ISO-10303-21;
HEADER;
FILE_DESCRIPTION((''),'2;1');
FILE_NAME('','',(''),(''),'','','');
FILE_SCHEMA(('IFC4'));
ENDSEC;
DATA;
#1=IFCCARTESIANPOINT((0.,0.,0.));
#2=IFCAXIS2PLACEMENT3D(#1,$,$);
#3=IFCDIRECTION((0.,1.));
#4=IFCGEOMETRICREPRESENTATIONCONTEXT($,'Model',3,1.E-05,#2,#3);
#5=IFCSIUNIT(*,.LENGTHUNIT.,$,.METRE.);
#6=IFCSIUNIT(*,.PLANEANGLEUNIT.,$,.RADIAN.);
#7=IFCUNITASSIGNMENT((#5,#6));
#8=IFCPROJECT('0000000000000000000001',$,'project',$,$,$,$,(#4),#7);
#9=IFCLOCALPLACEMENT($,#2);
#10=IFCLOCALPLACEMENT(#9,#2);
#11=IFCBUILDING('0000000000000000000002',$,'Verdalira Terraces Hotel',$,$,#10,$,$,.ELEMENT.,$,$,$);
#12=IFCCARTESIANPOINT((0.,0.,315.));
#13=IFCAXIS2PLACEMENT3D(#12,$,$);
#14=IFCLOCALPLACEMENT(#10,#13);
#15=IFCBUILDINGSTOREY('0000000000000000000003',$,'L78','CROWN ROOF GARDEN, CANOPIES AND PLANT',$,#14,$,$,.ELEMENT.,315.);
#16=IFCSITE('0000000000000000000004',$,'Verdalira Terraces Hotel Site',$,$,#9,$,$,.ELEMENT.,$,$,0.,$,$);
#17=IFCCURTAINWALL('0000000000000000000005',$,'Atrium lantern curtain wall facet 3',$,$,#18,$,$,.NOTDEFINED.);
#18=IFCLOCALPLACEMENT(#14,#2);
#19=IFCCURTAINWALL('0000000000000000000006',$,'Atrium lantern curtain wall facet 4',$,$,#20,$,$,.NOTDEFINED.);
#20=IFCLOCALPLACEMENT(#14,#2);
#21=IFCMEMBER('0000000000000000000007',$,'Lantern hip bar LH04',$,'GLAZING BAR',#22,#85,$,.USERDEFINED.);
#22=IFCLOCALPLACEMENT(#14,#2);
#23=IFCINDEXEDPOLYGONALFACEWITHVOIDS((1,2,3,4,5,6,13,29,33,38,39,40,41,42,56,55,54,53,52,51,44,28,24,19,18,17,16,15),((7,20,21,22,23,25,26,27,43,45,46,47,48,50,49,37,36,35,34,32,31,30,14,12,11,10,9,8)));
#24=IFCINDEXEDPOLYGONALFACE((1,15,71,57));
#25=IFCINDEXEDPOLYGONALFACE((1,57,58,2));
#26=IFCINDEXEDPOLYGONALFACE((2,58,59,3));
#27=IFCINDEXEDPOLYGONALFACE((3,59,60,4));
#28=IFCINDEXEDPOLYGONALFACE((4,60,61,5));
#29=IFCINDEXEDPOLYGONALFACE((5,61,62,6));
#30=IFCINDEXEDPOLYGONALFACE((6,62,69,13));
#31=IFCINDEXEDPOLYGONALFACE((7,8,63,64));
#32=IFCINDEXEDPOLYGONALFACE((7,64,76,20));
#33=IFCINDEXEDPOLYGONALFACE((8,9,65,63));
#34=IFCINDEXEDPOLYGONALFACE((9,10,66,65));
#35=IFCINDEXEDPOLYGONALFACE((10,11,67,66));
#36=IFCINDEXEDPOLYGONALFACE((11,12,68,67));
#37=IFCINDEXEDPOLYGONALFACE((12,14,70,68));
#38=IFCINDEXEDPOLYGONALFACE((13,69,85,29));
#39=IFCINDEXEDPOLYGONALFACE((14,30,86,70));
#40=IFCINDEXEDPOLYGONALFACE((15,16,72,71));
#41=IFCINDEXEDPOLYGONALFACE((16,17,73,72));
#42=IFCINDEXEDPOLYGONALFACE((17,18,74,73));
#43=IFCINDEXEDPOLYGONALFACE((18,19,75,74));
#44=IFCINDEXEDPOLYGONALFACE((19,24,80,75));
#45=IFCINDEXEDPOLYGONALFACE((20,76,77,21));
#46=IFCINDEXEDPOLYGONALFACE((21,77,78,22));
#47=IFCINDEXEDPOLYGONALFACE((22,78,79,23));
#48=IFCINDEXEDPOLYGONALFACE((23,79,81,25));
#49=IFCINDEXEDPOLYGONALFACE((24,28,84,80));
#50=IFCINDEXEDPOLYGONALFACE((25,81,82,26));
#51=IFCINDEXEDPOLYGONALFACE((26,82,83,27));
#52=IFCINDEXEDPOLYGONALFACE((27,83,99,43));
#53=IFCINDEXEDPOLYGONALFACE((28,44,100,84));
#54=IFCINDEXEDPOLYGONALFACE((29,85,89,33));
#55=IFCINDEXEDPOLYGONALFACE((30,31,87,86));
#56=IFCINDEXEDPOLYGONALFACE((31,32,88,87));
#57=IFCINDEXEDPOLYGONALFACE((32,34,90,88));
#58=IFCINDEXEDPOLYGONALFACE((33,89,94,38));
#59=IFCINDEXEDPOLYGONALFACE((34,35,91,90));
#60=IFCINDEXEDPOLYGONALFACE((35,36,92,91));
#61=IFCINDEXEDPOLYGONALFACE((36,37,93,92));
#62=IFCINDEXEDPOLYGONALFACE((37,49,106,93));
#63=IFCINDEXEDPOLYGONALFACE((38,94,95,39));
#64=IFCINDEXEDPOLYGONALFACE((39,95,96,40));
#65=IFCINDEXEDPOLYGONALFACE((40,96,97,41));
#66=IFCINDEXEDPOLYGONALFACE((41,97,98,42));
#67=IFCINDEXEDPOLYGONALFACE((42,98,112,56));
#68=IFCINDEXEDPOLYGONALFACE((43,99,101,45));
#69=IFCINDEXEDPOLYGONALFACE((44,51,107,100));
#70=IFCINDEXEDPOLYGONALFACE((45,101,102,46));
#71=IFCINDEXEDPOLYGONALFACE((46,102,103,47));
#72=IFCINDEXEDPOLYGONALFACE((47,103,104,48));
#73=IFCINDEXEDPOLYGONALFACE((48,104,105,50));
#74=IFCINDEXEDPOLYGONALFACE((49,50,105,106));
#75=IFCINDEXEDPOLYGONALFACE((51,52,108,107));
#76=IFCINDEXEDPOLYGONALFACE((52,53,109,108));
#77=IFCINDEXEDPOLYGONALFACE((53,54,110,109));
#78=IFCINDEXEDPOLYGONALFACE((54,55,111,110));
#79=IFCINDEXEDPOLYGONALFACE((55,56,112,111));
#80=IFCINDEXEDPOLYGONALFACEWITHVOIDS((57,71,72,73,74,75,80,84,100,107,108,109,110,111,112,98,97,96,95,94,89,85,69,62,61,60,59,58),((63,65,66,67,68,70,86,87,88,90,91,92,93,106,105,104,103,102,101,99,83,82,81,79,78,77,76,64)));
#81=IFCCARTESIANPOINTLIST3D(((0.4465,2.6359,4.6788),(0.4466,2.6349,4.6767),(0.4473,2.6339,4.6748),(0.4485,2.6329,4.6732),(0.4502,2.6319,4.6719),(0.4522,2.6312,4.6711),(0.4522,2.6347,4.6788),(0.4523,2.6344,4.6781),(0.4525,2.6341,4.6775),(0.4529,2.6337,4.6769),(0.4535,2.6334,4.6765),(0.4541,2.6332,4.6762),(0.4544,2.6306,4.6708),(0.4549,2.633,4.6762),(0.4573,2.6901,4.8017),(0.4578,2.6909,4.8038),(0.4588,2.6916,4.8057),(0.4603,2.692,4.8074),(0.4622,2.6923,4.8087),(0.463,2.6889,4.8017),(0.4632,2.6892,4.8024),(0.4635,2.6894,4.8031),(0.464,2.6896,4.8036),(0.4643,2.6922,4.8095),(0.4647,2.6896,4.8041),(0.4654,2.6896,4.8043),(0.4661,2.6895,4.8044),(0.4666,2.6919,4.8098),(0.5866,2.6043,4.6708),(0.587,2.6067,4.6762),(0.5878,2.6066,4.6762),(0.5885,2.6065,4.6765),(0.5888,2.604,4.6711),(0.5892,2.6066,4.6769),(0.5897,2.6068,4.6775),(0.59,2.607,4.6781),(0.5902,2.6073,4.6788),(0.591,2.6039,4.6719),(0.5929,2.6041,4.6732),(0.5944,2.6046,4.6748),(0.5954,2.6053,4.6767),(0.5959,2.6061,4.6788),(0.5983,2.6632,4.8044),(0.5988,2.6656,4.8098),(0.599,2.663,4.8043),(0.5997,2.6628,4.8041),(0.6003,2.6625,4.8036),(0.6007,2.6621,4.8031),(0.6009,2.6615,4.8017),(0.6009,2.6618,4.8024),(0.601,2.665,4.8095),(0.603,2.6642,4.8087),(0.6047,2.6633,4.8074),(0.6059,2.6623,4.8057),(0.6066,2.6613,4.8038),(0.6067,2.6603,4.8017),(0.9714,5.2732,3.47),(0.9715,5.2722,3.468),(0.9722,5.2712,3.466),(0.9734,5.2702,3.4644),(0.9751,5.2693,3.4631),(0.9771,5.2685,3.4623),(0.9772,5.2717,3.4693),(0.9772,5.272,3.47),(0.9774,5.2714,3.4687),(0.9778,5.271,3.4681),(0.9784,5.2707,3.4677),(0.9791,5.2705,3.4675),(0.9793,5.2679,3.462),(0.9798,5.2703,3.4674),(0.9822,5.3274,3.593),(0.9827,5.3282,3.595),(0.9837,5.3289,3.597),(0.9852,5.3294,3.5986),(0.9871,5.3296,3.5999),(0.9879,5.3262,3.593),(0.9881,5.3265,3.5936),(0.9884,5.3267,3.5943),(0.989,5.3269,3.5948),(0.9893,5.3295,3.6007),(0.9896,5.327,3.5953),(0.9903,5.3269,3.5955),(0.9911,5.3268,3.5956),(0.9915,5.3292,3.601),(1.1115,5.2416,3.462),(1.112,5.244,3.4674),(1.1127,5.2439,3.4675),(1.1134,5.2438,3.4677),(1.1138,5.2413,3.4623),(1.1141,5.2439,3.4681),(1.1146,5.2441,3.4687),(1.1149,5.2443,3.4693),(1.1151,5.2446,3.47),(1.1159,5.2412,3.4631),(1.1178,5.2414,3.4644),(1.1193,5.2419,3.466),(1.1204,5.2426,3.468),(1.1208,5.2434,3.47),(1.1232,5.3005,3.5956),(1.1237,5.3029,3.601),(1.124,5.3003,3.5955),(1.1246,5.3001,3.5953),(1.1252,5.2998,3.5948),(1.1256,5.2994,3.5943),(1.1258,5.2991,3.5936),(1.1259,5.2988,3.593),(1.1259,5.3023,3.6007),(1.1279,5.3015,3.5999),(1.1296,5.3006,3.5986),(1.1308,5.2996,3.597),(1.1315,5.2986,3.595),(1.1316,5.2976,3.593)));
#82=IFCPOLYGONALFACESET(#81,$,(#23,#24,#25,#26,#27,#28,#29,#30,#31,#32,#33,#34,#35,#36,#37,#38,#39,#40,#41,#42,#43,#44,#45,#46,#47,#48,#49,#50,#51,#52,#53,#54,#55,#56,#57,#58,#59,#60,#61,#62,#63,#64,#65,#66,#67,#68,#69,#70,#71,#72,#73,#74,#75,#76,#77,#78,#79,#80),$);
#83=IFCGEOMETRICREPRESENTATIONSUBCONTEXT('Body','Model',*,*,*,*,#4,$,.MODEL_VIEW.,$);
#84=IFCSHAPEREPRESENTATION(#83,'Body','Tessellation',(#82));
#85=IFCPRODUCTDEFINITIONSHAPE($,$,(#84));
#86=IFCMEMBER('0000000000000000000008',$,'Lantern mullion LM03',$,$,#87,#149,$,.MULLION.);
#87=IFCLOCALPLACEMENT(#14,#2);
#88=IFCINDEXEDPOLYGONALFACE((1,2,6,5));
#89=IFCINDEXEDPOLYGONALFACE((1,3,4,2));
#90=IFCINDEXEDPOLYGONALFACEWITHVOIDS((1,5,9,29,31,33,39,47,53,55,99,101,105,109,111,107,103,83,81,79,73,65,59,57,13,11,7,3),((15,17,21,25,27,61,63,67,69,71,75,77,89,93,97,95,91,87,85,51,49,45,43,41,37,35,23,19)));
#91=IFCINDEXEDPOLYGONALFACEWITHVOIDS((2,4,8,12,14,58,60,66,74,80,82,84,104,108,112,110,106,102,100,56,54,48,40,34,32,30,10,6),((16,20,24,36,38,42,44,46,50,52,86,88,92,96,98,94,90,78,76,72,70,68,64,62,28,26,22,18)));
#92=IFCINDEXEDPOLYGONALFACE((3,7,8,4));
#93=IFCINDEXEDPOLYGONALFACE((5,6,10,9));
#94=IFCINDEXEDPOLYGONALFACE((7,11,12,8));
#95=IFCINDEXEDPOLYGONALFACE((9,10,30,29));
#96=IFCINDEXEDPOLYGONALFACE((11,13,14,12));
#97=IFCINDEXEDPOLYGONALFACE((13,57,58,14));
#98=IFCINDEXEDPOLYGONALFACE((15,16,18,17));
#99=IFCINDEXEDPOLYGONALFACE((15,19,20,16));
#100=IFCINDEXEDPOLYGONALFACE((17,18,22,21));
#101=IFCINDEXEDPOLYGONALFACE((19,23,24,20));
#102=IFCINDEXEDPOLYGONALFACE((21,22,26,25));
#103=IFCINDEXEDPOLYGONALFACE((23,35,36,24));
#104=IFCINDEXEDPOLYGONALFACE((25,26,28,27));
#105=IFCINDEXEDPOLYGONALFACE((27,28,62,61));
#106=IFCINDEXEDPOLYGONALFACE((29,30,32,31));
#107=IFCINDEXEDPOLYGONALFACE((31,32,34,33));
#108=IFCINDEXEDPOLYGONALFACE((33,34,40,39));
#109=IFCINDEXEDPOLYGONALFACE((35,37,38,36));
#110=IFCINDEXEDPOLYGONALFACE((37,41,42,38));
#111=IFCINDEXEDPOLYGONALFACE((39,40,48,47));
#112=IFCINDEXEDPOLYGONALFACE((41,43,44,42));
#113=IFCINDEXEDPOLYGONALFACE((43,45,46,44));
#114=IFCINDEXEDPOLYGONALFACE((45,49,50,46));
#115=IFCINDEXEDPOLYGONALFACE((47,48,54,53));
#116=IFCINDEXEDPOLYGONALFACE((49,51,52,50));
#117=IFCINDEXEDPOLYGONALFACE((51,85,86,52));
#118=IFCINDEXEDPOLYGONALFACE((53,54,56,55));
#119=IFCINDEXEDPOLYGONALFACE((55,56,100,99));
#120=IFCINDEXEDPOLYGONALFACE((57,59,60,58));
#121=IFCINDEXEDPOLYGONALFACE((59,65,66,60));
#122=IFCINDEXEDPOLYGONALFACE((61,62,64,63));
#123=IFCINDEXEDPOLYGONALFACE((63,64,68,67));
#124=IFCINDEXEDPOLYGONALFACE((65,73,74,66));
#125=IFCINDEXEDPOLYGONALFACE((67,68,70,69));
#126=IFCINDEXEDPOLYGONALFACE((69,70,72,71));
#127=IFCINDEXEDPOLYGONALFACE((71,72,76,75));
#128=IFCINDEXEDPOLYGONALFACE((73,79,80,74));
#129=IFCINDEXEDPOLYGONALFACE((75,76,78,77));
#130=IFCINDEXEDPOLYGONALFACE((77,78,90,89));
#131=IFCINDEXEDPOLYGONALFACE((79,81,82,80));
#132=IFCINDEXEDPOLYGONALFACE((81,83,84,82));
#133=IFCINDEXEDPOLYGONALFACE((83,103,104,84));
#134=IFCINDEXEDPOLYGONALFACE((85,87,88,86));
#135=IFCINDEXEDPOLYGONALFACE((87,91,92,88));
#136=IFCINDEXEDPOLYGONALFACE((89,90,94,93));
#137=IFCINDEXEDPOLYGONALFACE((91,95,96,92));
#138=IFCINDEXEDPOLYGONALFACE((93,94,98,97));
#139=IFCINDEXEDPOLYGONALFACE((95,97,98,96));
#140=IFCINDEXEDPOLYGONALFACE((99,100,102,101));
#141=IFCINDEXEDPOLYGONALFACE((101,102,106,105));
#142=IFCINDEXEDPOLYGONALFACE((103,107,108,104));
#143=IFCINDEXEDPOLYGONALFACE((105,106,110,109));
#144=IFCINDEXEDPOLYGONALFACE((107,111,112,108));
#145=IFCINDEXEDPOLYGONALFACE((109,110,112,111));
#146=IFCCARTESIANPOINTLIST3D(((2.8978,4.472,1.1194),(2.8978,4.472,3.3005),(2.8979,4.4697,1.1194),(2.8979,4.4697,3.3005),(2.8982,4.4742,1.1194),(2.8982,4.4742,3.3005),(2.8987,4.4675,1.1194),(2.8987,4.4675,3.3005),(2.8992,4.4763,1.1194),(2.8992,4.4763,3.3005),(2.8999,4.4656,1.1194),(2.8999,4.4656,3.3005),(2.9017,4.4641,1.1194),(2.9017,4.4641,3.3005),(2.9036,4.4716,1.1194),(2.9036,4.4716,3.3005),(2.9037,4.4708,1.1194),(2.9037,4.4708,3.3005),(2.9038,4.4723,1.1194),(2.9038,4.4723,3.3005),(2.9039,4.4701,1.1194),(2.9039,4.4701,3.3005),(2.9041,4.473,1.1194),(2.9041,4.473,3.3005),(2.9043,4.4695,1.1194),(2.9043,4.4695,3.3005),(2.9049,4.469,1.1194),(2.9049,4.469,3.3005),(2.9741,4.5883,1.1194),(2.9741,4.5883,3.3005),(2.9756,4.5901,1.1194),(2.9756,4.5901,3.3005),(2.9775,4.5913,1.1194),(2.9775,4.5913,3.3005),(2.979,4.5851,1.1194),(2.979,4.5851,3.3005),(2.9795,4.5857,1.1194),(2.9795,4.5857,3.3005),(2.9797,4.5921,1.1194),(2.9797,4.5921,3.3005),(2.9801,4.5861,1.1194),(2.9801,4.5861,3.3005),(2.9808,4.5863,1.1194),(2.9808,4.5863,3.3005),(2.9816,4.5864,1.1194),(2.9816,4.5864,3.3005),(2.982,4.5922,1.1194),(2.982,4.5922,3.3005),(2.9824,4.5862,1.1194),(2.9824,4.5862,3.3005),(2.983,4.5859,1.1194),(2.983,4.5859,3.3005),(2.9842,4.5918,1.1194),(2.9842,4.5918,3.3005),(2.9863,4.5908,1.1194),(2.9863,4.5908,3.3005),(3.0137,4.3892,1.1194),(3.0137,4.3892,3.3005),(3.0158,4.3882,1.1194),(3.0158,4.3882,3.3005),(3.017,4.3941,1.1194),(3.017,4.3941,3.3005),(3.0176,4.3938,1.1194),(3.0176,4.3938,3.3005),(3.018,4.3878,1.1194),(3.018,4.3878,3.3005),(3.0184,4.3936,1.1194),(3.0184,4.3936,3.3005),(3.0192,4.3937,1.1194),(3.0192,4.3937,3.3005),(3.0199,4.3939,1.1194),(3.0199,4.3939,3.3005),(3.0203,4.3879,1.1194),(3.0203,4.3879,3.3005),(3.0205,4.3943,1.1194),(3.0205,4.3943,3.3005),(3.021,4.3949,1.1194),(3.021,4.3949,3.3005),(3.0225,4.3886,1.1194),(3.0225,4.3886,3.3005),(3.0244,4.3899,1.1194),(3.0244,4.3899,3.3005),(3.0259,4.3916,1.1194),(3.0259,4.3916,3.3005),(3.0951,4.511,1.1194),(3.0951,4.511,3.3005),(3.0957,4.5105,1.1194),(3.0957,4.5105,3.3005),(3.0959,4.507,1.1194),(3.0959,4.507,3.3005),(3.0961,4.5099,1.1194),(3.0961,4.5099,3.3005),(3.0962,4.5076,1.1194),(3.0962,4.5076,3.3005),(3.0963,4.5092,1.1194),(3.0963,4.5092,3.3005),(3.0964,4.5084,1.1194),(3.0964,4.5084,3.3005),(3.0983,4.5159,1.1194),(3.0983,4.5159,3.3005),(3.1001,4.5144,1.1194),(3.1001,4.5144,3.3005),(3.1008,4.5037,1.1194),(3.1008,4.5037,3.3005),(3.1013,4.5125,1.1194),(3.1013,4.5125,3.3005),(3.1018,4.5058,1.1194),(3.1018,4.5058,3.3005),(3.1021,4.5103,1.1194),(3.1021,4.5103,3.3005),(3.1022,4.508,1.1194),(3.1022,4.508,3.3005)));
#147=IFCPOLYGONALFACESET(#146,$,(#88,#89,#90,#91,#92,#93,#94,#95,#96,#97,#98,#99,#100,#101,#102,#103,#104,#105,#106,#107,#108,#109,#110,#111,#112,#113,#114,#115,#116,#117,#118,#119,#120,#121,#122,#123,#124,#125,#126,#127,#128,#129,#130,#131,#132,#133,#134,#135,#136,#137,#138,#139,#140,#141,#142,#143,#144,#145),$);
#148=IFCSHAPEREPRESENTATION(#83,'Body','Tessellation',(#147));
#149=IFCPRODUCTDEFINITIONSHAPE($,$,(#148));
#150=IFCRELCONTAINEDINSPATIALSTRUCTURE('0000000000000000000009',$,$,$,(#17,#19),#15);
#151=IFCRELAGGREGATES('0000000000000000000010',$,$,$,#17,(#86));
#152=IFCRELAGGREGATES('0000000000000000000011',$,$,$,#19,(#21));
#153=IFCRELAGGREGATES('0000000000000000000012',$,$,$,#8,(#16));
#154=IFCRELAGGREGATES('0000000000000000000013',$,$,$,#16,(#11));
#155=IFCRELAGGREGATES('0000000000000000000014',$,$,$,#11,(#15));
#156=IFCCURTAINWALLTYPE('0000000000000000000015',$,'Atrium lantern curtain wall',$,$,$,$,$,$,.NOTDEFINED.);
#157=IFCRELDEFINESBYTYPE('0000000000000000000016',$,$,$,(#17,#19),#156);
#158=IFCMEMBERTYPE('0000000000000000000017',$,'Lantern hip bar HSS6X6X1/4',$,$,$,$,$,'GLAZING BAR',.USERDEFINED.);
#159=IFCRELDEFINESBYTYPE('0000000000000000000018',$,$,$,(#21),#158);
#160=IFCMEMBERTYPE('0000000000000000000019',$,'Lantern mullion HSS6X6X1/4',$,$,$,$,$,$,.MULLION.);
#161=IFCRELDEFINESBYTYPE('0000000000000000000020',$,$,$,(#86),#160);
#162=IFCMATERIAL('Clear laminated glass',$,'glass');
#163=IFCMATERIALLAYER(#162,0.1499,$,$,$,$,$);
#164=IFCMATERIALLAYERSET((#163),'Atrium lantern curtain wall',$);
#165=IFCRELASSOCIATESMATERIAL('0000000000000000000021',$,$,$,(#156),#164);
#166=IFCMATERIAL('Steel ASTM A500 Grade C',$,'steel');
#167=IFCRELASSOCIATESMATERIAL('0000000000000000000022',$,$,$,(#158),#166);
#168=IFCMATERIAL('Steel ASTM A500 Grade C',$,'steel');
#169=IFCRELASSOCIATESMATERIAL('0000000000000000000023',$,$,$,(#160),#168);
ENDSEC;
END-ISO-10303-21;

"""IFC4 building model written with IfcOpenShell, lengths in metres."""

from ifc_helpers import new_model, si_unit, direction, frame, origin, origin_2d, place, context, subcontext, project, spatial, hollow_rectangle, extrude, material, layer, layer_set, material_profile, profile_set, type_object, element, aggregate, save


model = new_model("IFC4")

# Units and contexts
model_context = context("Model", 3, precision=1e-05, world=origin(), true_north=direction((0.0, 1.0)))
body_context = subcontext(model_context, "Body", "Model", "MODEL_VIEW")
ifc_project = project(units=[si_unit("LENGTHUNIT", "METRE"), si_unit("PLANEANGLEUNIT", "RADIAN")], contexts=[model_context])

# Site, building, storey
site_placement = place(None, origin())
site = spatial("IfcSite", under=ifc_project, at=site_placement, Name="Verdalira Terraces Hotel Site", CompositionType="ELEMENT", RefElevation=0.0)
building_placement = place(site_placement, origin())
building = spatial("IfcBuilding", under=site, at=building_placement, Name="Verdalira Terraces Hotel", CompositionType="ELEMENT")
storey_placement = place(building_placement, frame((0.0, 0.0, 315.0)))
storey = spatial("IfcBuildingStorey", under=building, at=storey_placement, Name="L78", Description="CROWN ROOF GARDEN, CANOPIES AND PLANT", CompositionType="ELEMENT", Elevation=315.0)

# Curtain walls
ifc_material_1 = material(Name="Clear laminated glass", Category="glass")
ifc_layer_1 = layer(ifc_material_1, 0.1499)
ifc_layer_set_1 = layer_set([ifc_layer_1], Name="Atrium lantern curtain wall")
curtain_wall_type = type_object("IfcCurtainWallType", Name="Atrium lantern curtain wall", PredefinedType="NOTDEFINED", material=ifc_layer_set_1)
curtain_wall_1_placement = place(storey_placement, origin())
curtain_wall_1 = element("IfcCurtainWall", 1, at=curtain_wall_1_placement, inside=storey, type_object=curtain_wall_type, Name="Atrium lantern curtain wall facet 3", PredefinedType="NOTDEFINED")
curtain_wall_2_placement = place(storey_placement, origin())
curtain_wall_2 = element("IfcCurtainWall", 2, at=curtain_wall_2_placement, inside=storey, type_object=curtain_wall_type, Name="Atrium lantern curtain wall facet 4", PredefinedType="NOTDEFINED")

# Members
ifc_material_2 = material(Name="Steel ASTM A500 Grade C", Category="steel")
ifc_material_profile_1 = material_profile(ifc_material_2, hollow_rectangle(XDim=0.1523, YDim=0.1523, WallThickness=0.0059, InnerFilletRadius=0.0029, OuterFilletRadius=0.0088, at=origin_2d()), Name="HSS6X6X1/4")
ifc_profile_set_1 = profile_set([ifc_material_profile_1], Name="Steel ASTM A500 Grade C")
member_type_1 = type_object("IfcMemberType", Name="Lantern hip bar HSS6X6X1/4", ElementType="GLAZING BAR", PredefinedType="USERDEFINED", material=ifc_profile_set_1)
member_1_placement = place(storey_placement, frame((1.0515, 5.2854, 3.5315), z_axis=(-0.178046, -0.894537, 0.410003), x_axis=(0.980762, -0.195208, 0.0)))
member_1 = element("IfcMember", 3, at=member_1_placement, type_object=member_type_1, Name="Lantern hip bar LH04", ObjectType="GLAZING BAR", PredefinedType="USERDEFINED", context=body_context, shape_type="SweptSolid", body=[
    extrude(hollow_rectangle(XDim=0.1523, YDim=0.1523, WallThickness=0.0059, InnerFilletRadius=0.0029, OuterFilletRadius=0.0088, at=origin_2d()), origin(), (0.0, 0.0, 1.0), 2.9482),
])
ifc_material_3 = material(Name="Steel ASTM A500 Grade C", Category="steel")
ifc_material_profile_2 = material_profile(ifc_material_3, hollow_rectangle(XDim=0.1523, YDim=0.1523, WallThickness=0.0059, InnerFilletRadius=0.0029, OuterFilletRadius=0.0088, at=origin_2d()), Name="HSS6X6X1/4")
ifc_profile_set_2 = profile_set([ifc_material_profile_2], Name="Steel ASTM A500 Grade C")
member_type_2 = type_object("IfcMemberType", Name="Lantern mullion HSS6X6X1/4", PredefinedType="MULLION", material=ifc_profile_set_2)
member_2_placement = place(storey_placement, frame((3.0, 4.49, 1.1194), z_axis=(0.0, 0.0, 1.0), x_axis=(0.55557, 0.83147, 0.0)))
member_2 = element("IfcMember", 4, at=member_2_placement, type_object=member_type_2, Name="Lantern mullion LM03", PredefinedType="MULLION", context=body_context, shape_type="SweptSolid", body=[
    extrude(hollow_rectangle(XDim=0.1523, YDim=0.1523, WallThickness=0.0059, InnerFilletRadius=0.0029, OuterFilletRadius=0.0088, at=origin_2d()), origin(), (0.0, 0.0, 1.0), 2.1812),
])

aggregate(curtain_wall_1, [member_2])
aggregate(curtain_wall_2, [member_1])

save(model, "model.ifc")
